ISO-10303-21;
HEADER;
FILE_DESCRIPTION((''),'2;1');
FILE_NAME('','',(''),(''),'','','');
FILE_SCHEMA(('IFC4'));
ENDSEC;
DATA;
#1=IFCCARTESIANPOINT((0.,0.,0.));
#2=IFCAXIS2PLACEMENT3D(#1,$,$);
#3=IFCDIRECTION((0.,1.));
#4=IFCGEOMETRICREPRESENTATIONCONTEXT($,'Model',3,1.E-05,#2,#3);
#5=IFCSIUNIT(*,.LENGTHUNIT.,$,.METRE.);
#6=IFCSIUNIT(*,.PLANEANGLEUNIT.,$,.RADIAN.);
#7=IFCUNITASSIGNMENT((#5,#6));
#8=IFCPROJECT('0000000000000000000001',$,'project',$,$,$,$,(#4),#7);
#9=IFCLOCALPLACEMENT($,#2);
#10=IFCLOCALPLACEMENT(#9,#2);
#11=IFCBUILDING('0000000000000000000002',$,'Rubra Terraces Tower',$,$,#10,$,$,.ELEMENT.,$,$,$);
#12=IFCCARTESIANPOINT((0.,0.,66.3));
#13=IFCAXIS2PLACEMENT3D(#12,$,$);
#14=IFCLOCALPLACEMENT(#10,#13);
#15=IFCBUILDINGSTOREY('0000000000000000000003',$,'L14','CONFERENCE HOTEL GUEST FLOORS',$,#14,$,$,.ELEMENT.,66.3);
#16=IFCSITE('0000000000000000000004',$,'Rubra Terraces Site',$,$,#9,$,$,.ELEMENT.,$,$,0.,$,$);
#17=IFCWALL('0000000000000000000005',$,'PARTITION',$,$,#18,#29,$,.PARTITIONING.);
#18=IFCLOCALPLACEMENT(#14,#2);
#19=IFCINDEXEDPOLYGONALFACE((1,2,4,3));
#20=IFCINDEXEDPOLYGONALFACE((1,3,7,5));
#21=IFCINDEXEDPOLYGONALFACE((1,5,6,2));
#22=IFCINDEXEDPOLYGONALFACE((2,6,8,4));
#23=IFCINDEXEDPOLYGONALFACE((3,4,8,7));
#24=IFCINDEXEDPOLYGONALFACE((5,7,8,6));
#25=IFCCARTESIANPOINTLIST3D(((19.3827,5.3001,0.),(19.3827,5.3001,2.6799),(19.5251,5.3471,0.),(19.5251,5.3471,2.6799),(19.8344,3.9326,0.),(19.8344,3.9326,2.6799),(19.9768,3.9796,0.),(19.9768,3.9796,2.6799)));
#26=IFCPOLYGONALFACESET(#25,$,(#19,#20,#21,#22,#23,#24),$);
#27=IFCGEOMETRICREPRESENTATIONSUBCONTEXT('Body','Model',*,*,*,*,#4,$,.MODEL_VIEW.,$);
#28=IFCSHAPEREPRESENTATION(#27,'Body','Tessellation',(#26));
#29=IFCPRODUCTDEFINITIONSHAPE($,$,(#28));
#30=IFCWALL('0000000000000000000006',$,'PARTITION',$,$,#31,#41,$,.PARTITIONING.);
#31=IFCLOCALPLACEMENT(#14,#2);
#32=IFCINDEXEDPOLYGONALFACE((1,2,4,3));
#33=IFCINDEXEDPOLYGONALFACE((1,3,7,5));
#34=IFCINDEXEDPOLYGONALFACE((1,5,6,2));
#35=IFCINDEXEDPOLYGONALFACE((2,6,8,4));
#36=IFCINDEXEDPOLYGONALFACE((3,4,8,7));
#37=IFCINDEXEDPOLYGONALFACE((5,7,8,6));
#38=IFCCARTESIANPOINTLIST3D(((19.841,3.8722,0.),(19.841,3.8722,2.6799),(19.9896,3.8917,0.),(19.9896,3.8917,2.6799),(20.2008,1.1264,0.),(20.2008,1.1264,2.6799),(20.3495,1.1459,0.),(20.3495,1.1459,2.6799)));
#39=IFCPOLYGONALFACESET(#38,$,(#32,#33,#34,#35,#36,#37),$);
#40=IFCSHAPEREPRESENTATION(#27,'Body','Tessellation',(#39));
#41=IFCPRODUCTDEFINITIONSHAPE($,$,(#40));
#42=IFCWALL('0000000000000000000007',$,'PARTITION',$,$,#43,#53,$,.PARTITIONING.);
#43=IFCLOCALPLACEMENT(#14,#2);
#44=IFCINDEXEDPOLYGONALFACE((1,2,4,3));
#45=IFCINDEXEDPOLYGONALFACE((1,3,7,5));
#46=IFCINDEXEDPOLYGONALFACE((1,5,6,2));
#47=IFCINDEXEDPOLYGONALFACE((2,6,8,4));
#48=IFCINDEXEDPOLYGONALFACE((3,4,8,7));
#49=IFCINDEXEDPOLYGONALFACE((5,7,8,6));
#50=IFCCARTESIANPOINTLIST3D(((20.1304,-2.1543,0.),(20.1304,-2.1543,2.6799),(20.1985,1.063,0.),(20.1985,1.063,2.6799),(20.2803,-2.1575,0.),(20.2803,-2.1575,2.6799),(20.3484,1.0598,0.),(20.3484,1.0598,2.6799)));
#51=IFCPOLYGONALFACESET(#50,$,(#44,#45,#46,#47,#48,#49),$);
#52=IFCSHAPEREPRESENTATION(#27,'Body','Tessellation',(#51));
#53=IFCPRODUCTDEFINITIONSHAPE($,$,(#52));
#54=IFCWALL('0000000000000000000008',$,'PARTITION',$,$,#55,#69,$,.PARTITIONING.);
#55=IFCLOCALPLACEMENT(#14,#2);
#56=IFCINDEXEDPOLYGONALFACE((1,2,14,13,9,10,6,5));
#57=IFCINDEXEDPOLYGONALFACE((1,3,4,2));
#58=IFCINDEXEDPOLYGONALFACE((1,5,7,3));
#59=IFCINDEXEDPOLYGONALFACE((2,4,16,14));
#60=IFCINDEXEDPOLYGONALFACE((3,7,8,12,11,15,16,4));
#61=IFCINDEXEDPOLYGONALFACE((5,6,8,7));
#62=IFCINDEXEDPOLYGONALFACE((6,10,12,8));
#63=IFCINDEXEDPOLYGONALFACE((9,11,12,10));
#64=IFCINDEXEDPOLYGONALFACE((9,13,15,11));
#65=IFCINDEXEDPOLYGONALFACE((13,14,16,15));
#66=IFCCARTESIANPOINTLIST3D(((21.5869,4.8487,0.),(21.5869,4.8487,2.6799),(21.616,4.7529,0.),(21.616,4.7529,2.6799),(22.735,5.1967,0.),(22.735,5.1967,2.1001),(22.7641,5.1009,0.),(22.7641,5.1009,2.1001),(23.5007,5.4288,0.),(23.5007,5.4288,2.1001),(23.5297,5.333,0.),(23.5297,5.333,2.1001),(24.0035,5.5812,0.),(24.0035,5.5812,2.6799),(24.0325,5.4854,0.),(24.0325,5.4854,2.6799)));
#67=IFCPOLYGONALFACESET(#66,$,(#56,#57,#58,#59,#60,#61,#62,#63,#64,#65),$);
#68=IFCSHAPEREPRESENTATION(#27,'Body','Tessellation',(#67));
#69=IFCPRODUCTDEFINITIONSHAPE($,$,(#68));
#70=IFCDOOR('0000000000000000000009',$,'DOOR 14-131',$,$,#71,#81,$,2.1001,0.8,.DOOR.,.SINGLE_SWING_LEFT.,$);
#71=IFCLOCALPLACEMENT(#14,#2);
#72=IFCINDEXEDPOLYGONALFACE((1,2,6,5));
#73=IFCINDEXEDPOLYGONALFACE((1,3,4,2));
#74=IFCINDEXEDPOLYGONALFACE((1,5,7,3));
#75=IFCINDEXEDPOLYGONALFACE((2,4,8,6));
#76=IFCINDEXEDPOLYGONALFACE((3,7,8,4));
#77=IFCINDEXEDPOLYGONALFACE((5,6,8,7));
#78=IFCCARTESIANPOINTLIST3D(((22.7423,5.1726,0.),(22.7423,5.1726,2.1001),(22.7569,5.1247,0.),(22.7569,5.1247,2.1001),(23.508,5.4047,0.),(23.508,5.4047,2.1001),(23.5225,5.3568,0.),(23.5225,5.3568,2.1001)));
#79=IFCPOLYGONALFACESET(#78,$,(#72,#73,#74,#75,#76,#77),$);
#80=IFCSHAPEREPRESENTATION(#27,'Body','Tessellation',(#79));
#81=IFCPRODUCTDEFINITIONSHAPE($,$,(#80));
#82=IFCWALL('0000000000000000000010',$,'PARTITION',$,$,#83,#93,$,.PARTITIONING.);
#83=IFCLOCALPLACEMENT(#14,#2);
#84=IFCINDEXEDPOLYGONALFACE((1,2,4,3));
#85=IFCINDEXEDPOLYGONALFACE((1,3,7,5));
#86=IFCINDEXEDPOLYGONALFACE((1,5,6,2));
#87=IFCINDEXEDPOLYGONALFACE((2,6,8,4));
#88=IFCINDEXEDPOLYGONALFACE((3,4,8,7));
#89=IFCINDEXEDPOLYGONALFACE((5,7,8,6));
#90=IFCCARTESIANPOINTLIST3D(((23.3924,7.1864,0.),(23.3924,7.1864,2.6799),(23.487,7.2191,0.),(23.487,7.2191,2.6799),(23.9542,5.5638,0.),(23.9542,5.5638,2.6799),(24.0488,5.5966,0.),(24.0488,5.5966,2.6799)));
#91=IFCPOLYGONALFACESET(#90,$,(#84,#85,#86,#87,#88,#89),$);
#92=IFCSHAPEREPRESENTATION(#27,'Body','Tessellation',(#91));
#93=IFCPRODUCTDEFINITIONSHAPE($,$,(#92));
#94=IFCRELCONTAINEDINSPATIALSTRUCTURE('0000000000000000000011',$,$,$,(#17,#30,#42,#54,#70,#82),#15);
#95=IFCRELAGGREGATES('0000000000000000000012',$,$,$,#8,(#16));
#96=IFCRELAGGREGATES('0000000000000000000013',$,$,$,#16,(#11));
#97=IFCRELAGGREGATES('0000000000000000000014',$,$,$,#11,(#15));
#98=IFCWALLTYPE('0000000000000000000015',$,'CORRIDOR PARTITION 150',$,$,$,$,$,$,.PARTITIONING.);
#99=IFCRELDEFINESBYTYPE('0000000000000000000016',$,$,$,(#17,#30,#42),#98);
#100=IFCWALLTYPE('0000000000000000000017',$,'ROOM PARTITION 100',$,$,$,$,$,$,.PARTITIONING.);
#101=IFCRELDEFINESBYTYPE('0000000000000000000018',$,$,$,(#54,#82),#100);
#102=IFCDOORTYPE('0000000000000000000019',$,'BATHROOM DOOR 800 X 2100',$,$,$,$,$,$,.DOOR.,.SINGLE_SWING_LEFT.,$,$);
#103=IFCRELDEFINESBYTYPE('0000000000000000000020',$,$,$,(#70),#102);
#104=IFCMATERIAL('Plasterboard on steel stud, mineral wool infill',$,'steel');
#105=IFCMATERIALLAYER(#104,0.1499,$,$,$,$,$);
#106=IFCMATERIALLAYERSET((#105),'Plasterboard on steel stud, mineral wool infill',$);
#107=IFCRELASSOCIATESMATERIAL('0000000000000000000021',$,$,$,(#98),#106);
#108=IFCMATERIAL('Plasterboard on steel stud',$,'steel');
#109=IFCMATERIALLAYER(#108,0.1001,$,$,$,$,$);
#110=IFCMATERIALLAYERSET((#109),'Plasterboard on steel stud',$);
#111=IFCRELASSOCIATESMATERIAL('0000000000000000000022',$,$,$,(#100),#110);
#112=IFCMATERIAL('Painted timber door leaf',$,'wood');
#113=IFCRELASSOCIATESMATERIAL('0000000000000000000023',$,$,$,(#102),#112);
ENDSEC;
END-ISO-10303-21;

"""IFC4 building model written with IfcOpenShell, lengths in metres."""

from ifc_helpers import new_model, si_unit, direction, frame, frame_2d, origin, place, context, subcontext, project, spatial, rectangle, extrude, material, layer, layer_set, type_object, element, fill, save


model = new_model("IFC4")

# Units and contexts
model_context = context("Model", 3, precision=1e-05, world=origin(), true_north=direction((0.0, 1.0)))
body_context = subcontext(model_context, "Body", "Model", "MODEL_VIEW")
ifc_project = project(units=[si_unit("LENGTHUNIT", "METRE"), si_unit("PLANEANGLEUNIT", "RADIAN")], contexts=[model_context])

# Site, building, storey
site_placement = place(None, origin())
site = spatial("IfcSite", under=ifc_project, at=site_placement, Name="Rubra Terraces Site", CompositionType="ELEMENT", RefElevation=0.0)
building_placement = place(site_placement, origin())
building = spatial("IfcBuilding", under=site, at=building_placement, Name="Rubra Terraces Tower", CompositionType="ELEMENT")
storey_placement = place(building_placement, frame((0.0, 0.0, 66.3)))
storey = spatial("IfcBuildingStorey", under=building, at=storey_placement, Name="L14", Description="CONFERENCE HOTEL GUEST FLOORS", CompositionType="ELEMENT", Elevation=66.3)

# Shared definitions
ifc_material_1 = material(Name="Plasterboard on steel stud, mineral wool infill", Category="steel")
ifc_layer_1 = layer(ifc_material_1, 0.1499)
ifc_layer_set_1 = layer_set([ifc_layer_1], Name="Plasterboard on steel stud, mineral wool infill")
wall_type_1 = type_object("IfcWallType", Name="CORRIDOR PARTITION 150", PredefinedType="PARTITIONING", material=ifc_layer_set_1)

# Shared definitions
ifc_material_2 = material(Name="Painted timber door leaf", Category="wood")

# Walls
wall_1_placement = place(storey_placement, frame((19.4539, 5.3237, 0.0), z_axis=(0.0, 0.0, 1.0), x_axis=(0.313633, -0.949544, 0.0)))
element("IfcWall", 1, at=wall_1_placement, inside=storey, type_object=wall_type_1, Name="PARTITION", PredefinedType="PARTITIONING", context=body_context, shape_type="SweptSolid", body=[
    extrude(rectangle(XDim=1.4402, YDim=0.1499, at=frame_2d((0.7202, 0.0))), origin(), (0.0, 0.0, 1.0), 2.6799),
])
wall_2_placement = place(storey_placement, frame((19.9153, 3.8821, 0.0), z_axis=(0.0, 0.0, 1.0), x_axis=(0.129946, -0.991521, 0.0)))
element("IfcWall", 2, at=wall_2_placement, inside=storey, type_object=wall_type_1, Name="PARTITION", PredefinedType="PARTITIONING", context=body_context, shape_type="SweptSolid", body=[
    extrude(rectangle(XDim=2.7693, YDim=0.1499, at=frame_2d((1.3848, 0.0))), origin(), (0.0, 0.0, 1.0), 2.6799),
])
wall_3_placement = place(storey_placement, frame((20.2734, 1.0613, 0.0), z_axis=(0.0, 0.0, 1.0), x_axis=(-0.021167, -0.999776, 0.0)))
element("IfcWall", 3, at=wall_3_placement, inside=storey, type_object=wall_type_1, Name="PARTITION", PredefinedType="PARTITIONING", context=body_context, shape_type="SweptSolid", body=[
    extrude(rectangle(XDim=3.218, YDim=0.1499, at=frame_2d((1.6089, 0.0))), origin(), (0.0, 0.0, 1.0), 2.6799),
])

# Wall, opening, door
ifc_material_3 = material(Name="Plasterboard on steel stud", Category="steel")
ifc_layer_2 = layer(ifc_material_3, 0.1001)
ifc_layer_set_2 = layer_set([ifc_layer_2], Name="Plasterboard on steel stud")
wall_type_2 = type_object("IfcWallType", Name="ROOM PARTITION 100", PredefinedType="PARTITIONING", material=ifc_layer_set_2)
wall_4_placement = place(storey_placement, frame((21.6013, 4.8008, 0.0), z_axis=(0.0, 0.0, 1.0), x_axis=(0.957008, 0.290061, 0.0)))
wall_4 = element("IfcWall", 4, at=wall_4_placement, inside=storey, type_object=wall_type_2, Name="PARTITION", PredefinedType="PARTITIONING", context=body_context, shape_type="SweptSolid", body=[
    extrude(rectangle(XDim=2.5251, YDim=0.1001, at=frame_2d((1.2627, 0.0))), origin(), (0.0, 0.0, 1.0), 2.6799),
])
opening_1_placement = place(wall_4_placement, frame((1.2, 0.0, 0.0)))
opening_1 = element("IfcOpeningElement", 5, at=opening_1_placement, cuts=wall_4, PredefinedType="OPENING", context=body_context, shape_type="SweptSolid", body=[
    extrude(rectangle(XDim=0.8, YDim=2.1001, at=frame_2d((0.3999, 1.05))), frame((0.0, 0.0601, 0.0), z_axis=(0.0, -1.0, 0.0), x_axis=(1.0, 0.0, 0.0)), (0.0, 0.0, 1.0), 0.1201),
])
door_type_1 = type_object("IfcDoorType", Name="BATHROOM DOOR 800 X 2100", OperationType="SINGLE_SWING_LEFT", PredefinedType="DOOR", material=ifc_material_2)
door_1_placement = place(opening_1_placement, origin())
door_1 = element("IfcDoor", 6, at=door_1_placement, inside=storey, type_object=door_type_1, Name="DOOR 14-131", OperationType="SINGLE_SWING_LEFT", OverallHeight=2.1001, OverallWidth=0.8, PredefinedType="DOOR", context=body_context, shape_type="SweptSolid", body=[
    extrude(rectangle(XDim=0.8, YDim=2.1001, at=frame_2d((0.3999, 1.05))), frame((0.0, 0.0249, 0.0), z_axis=(0.0, -1.0, 0.0), x_axis=(1.0, 0.0, 0.0)), (0.0, 0.0, 1.0), 0.05),
])
fill(opening_1, door_1)

# Wall
wall_5_placement = place(storey_placement, frame((24.0015, 5.5803, 0.0), z_axis=(0.0, 0.0, 1.0), x_axis=(-0.327169, 0.944966, 0.0)))
element("IfcWall", 7, at=wall_5_placement, inside=storey, type_object=wall_type_2, Name="PARTITION", PredefinedType="PARTITIONING", context=body_context, shape_type="SweptSolid", body=[
    extrude(rectangle(XDim=1.717, YDim=0.1001, at=frame_2d((0.8584, 0.0))), origin(), (0.0, 0.0, 1.0), 2.6799),
])

save(model, "model.ifc")
